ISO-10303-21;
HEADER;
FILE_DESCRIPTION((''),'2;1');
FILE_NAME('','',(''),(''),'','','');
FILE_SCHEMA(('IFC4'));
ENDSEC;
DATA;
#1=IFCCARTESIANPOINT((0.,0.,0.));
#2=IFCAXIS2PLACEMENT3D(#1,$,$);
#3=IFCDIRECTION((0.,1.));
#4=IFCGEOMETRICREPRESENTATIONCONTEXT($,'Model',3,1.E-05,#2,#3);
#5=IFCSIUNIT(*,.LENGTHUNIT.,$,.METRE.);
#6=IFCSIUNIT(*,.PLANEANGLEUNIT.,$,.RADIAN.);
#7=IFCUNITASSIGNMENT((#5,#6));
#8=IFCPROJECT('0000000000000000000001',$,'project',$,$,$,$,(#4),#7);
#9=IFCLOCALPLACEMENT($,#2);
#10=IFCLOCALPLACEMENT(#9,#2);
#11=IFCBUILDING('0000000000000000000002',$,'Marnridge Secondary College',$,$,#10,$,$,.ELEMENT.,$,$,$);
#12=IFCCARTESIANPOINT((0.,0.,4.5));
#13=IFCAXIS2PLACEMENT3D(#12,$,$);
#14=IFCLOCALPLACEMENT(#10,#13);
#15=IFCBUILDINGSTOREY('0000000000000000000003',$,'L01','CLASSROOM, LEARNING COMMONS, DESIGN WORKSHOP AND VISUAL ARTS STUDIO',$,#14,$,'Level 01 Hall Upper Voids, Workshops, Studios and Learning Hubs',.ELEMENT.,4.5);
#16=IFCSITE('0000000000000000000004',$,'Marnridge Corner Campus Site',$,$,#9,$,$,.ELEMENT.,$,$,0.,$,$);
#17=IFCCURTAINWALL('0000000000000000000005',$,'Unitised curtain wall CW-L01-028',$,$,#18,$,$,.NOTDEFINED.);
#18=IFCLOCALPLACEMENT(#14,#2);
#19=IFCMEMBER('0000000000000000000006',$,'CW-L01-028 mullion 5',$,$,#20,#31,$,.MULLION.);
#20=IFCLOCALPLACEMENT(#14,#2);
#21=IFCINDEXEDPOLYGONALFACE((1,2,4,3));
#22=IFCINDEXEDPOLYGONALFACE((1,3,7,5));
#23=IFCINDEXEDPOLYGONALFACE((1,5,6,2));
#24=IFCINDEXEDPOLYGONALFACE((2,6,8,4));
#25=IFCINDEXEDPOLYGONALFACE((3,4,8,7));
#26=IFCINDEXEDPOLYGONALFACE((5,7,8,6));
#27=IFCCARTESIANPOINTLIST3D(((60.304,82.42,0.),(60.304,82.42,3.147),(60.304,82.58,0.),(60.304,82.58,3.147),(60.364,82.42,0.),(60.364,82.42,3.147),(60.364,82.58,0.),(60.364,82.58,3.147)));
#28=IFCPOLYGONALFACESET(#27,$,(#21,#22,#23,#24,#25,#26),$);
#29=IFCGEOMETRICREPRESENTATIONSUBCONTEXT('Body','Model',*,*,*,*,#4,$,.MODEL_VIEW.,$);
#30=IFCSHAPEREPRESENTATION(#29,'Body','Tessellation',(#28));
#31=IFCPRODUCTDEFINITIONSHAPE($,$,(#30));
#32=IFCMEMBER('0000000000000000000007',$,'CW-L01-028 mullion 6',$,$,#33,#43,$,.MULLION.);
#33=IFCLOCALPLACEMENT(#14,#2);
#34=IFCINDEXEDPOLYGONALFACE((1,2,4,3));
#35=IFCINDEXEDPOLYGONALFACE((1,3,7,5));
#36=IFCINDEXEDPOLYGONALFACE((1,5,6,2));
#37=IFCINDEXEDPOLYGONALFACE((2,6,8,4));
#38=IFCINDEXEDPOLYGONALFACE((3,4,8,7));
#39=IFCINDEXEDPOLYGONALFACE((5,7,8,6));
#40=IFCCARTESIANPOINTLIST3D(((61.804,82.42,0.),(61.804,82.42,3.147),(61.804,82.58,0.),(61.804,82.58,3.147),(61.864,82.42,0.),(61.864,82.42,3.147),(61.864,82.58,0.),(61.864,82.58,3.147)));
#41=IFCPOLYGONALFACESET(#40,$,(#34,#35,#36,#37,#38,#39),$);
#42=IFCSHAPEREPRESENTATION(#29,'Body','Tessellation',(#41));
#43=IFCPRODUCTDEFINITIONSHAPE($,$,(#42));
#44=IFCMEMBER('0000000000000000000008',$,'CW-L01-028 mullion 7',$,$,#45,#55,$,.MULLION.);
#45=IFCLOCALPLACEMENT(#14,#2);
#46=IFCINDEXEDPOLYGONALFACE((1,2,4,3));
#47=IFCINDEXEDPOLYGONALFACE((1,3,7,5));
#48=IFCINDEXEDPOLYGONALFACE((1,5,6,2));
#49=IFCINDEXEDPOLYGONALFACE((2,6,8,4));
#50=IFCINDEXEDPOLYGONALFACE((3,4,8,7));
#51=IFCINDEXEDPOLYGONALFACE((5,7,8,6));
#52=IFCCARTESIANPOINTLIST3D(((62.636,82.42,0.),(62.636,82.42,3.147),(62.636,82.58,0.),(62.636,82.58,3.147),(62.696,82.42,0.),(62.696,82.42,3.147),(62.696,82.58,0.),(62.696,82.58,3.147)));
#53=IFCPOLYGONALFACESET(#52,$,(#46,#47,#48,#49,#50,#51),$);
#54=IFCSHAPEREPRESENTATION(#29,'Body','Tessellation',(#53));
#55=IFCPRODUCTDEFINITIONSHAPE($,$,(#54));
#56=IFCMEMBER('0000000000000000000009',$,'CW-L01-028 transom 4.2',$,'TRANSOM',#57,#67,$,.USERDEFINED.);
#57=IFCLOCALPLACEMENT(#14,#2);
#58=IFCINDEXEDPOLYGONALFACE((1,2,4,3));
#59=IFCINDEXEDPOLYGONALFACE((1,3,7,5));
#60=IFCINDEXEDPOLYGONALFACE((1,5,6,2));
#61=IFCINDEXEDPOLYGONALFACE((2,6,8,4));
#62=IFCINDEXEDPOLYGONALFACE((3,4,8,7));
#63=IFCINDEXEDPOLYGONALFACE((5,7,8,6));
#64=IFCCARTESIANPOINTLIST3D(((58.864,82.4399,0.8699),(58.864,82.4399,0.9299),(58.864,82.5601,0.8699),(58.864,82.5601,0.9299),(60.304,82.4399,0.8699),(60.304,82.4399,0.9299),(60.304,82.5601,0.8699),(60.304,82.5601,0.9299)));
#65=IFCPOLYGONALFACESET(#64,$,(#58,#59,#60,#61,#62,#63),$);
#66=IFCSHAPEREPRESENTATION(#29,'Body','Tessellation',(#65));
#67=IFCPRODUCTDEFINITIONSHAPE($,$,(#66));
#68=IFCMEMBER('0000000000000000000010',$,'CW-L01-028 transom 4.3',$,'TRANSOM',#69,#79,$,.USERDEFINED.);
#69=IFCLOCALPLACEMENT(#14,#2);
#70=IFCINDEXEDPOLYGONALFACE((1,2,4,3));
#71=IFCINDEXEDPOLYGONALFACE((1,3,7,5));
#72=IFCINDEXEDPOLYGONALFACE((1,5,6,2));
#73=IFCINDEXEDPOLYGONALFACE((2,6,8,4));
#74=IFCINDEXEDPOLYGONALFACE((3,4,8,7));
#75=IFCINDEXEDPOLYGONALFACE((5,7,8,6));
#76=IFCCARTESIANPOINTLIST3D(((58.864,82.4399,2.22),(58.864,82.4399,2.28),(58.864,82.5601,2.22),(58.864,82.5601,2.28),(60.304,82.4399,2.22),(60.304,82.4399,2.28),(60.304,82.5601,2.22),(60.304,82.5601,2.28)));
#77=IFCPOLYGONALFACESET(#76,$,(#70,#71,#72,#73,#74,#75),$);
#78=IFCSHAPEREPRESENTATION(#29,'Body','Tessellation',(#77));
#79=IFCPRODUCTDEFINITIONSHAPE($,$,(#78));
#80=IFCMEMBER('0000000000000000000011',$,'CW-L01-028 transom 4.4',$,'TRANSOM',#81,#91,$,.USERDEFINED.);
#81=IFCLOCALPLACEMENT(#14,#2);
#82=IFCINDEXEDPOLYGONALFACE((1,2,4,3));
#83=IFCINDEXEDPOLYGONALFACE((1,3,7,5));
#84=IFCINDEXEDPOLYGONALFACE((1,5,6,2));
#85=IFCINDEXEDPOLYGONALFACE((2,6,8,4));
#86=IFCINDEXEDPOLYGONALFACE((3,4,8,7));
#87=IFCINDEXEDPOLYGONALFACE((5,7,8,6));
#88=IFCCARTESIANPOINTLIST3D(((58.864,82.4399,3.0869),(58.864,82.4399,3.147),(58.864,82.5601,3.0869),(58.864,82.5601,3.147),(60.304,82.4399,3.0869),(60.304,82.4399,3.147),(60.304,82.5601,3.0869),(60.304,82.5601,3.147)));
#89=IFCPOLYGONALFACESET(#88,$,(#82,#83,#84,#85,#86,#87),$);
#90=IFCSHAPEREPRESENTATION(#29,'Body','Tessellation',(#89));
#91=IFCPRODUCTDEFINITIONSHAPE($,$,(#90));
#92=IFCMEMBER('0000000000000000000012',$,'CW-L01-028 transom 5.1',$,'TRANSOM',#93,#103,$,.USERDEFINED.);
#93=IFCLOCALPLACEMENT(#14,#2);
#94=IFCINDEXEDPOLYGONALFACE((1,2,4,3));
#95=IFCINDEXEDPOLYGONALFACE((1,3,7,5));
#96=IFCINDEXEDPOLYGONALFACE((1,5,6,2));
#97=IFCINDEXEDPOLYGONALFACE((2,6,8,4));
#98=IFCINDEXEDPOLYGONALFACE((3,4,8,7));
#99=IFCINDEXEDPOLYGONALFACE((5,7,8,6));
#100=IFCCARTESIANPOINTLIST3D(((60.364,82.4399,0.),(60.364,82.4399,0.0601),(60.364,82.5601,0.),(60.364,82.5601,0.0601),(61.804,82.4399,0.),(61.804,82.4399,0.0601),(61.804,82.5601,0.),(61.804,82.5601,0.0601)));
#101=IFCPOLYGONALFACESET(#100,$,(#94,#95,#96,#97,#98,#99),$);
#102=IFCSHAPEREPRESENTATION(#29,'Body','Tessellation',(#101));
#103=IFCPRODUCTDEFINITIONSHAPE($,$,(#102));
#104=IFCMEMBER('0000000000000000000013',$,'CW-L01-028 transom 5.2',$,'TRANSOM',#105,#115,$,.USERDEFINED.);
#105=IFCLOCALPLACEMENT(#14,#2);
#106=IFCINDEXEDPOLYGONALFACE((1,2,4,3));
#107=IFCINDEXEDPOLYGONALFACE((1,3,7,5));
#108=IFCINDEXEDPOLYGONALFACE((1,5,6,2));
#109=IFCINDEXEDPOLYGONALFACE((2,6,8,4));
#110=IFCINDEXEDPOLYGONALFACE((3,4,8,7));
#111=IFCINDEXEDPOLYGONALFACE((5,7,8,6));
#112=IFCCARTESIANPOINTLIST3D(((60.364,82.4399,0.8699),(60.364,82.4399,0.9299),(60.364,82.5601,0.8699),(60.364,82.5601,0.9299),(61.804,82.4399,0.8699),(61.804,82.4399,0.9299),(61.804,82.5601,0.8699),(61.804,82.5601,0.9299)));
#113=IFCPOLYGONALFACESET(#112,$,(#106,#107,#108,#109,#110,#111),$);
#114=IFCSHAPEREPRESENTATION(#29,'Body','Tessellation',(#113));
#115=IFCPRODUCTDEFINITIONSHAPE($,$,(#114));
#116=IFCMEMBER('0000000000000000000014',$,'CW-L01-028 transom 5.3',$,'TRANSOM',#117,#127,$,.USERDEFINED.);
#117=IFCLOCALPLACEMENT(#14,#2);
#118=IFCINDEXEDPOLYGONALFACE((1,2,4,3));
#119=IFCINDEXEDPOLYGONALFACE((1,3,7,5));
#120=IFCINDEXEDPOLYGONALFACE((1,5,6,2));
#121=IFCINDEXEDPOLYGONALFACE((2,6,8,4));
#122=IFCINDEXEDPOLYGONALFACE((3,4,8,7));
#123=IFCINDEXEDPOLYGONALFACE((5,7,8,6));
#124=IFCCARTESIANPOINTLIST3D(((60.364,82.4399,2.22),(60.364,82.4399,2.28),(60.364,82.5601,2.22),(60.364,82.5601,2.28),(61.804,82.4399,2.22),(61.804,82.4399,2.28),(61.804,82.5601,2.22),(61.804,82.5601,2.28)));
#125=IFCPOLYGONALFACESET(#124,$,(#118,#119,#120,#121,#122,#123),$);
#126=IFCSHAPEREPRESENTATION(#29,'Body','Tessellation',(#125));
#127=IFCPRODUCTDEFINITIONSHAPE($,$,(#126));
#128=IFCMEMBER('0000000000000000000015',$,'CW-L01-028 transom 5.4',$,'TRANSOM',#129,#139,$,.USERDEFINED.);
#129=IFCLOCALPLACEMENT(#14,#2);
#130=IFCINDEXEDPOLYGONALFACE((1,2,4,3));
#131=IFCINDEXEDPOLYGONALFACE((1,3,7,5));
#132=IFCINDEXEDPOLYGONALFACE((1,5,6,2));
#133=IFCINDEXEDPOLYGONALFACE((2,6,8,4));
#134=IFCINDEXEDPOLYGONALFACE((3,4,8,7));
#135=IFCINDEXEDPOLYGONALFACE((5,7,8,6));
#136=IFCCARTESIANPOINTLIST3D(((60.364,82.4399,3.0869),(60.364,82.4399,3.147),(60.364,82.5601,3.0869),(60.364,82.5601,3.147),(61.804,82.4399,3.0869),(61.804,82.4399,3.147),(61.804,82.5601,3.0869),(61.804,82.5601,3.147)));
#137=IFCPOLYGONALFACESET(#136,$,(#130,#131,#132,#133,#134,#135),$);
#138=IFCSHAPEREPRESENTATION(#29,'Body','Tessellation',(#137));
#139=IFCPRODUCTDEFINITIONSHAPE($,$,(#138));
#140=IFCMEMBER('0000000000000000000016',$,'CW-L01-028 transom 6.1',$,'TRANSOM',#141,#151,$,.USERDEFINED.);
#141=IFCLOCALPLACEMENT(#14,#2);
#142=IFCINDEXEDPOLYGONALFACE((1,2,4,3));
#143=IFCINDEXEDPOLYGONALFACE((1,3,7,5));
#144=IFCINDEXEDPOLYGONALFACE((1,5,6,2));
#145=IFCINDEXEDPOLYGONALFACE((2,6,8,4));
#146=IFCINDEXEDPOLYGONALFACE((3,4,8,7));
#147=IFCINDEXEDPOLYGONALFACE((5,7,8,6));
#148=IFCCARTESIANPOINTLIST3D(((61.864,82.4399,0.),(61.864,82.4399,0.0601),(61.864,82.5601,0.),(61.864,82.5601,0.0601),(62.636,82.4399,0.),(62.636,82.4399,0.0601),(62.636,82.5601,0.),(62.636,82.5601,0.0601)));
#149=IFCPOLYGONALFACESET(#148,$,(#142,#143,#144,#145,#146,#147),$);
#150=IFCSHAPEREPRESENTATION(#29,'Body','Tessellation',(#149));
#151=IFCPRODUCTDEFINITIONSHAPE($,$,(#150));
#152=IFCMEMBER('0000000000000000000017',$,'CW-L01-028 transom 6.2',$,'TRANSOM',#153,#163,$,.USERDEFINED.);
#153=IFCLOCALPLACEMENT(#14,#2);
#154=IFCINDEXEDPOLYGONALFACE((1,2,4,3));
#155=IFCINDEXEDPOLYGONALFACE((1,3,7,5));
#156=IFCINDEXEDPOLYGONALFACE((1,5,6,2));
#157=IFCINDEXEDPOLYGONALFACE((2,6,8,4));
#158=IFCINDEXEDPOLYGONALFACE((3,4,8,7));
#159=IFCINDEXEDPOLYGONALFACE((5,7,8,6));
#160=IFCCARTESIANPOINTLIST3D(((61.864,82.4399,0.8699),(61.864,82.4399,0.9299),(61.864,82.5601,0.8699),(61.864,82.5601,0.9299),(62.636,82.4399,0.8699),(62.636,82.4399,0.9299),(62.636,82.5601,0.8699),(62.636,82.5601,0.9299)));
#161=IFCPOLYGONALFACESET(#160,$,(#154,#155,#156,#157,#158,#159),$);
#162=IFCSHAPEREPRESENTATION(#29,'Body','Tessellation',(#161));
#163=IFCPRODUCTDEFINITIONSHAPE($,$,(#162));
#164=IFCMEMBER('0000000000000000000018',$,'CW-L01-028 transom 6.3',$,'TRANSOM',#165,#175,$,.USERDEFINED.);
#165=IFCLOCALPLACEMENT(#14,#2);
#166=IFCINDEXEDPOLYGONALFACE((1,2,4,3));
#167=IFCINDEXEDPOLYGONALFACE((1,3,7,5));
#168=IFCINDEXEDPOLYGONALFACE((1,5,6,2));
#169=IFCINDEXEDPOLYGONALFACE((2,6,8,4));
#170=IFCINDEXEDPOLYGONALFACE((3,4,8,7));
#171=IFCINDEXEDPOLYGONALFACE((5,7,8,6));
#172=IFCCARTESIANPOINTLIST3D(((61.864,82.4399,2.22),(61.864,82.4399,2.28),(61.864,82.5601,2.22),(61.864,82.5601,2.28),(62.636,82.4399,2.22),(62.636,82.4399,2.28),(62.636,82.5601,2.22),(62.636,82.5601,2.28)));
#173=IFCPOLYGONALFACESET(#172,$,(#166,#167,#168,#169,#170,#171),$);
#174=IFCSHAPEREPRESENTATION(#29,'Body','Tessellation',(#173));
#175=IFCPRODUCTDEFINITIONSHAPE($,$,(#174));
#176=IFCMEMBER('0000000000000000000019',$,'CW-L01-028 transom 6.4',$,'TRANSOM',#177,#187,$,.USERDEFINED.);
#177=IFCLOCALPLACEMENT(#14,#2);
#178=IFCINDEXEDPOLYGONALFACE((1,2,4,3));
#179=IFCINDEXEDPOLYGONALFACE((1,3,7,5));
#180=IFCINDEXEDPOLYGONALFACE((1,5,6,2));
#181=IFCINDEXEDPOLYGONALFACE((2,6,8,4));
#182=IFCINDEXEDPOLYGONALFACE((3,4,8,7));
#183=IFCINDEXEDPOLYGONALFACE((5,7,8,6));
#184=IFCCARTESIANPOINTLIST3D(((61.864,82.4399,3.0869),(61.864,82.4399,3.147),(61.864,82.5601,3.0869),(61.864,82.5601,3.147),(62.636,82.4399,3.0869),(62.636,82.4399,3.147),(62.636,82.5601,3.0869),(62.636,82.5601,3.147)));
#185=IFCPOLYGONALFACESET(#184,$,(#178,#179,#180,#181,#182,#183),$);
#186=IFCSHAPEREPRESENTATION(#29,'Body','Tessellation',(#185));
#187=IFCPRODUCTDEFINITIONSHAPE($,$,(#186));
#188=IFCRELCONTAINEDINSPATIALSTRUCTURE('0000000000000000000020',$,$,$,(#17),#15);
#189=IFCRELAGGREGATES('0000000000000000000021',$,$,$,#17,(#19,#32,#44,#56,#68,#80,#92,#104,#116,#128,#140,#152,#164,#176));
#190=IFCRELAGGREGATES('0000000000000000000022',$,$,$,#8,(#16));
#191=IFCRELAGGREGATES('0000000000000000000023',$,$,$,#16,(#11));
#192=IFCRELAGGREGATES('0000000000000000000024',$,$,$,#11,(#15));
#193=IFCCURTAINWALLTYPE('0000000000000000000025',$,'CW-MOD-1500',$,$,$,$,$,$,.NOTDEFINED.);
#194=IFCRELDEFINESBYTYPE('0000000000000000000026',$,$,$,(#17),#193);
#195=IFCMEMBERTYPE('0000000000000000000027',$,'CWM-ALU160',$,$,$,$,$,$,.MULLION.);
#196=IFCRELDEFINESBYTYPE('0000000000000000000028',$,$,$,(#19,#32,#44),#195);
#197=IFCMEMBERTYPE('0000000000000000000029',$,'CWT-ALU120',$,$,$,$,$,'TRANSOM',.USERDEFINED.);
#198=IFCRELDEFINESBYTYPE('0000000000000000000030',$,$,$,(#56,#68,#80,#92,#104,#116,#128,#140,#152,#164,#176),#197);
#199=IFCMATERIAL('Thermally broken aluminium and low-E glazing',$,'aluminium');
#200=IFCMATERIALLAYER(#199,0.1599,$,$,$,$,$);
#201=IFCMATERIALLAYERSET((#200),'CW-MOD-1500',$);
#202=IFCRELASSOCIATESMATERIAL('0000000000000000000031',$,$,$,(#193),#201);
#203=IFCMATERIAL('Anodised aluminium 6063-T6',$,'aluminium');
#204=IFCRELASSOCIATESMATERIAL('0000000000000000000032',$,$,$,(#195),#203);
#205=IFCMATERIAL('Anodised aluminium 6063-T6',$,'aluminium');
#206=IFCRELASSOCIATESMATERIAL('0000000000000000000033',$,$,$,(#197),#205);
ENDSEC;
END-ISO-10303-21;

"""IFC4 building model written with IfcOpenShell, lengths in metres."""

from ifc_helpers import new_model, si_unit, direction, frame, origin, origin_2d, place, context, subcontext, project, spatial, rectangle, extrude, material, layer, layer_set, material_profile, profile_set, type_object, element, aggregate, save


model = new_model("IFC4")

# Units and contexts
model_context = context("Model", 3, precision=1e-05, world=origin(), true_north=direction((0.0, 1.0)))
body_context = subcontext(model_context, "Body", "Model", "MODEL_VIEW")
ifc_project = project(units=[si_unit("LENGTHUNIT", "METRE"), si_unit("PLANEANGLEUNIT", "RADIAN")], contexts=[model_context])

# Site, building, storey
site_placement = place(None, origin())
site = spatial("IfcSite", under=ifc_project, at=site_placement, Name="Marnridge Corner Campus Site", CompositionType="ELEMENT", RefElevation=0.0)
building_placement = place(site_placement, origin())
building = spatial("IfcBuilding", under=site, at=building_placement, Name="Marnridge Secondary College", CompositionType="ELEMENT")
storey_placement = place(building_placement, frame((0.0, 0.0, 4.5)))
storey = spatial("IfcBuildingStorey", under=building, at=storey_placement, Name="L01", Description="CLASSROOM, LEARNING COMMONS, DESIGN WORKSHOP AND VISUAL ARTS STUDIO", LongName="Level 01 Hall Upper Voids, Workshops, Studios and Learning Hubs", CompositionType="ELEMENT", Elevation=4.5)

# Curtain wall, members
ifc_material_1 = material(Name="Thermally broken aluminium and low-E glazing", Category="aluminium")
ifc_layer_1 = layer(ifc_material_1, 0.1599)
ifc_layer_set_1 = layer_set([ifc_layer_1], Name="CW-MOD-1500")
curtain_wall_type = type_object("IfcCurtainWallType", Name="CW-MOD-1500", PredefinedType="NOTDEFINED", material=ifc_layer_set_1)
curtain_wall_placement = place(storey_placement, origin())
curtain_wall = element("IfcCurtainWall", 1, at=curtain_wall_placement, inside=storey, type_object=curtain_wall_type, Name="Unitised curtain wall CW-L01-028", PredefinedType="NOTDEFINED")
ifc_material_2 = material(Name="Anodised aluminium 6063-T6", Category="aluminium")
ifc_material_profile_1 = material_profile(ifc_material_2, rectangle(XDim=0.0601, YDim=0.1599, at=origin_2d()), Name="ALU 60x160")
ifc_profile_set_1 = profile_set([ifc_material_profile_1], Name="Anodised aluminium 6063-T6")
member_type_1 = type_object("IfcMemberType", Name="CWM-ALU160", PredefinedType="MULLION", material=ifc_profile_set_1)
member_1_placement = place(storey_placement, frame((60.334, 82.5, 0.0), z_axis=(0.0, 0.0, 1.0), x_axis=(1.0, 0.0, 0.0)))
member_1 = element("IfcMember", 2, at=member_1_placement, type_object=member_type_1, Name="CW-L01-028 mullion 5", PredefinedType="MULLION", context=body_context, shape_type="SweptSolid", body=[
    extrude(rectangle(XDim=0.0601, YDim=0.1599, at=origin_2d()), origin(), (0.0, 0.0, 1.0), 3.147),
])
member_2_placement = place(storey_placement, frame((61.834, 82.5, 0.0), z_axis=(0.0, 0.0, 1.0), x_axis=(1.0, 0.0, 0.0)))
member_2 = element("IfcMember", 3, at=member_2_placement, type_object=member_type_1, Name="CW-L01-028 mullion 6", PredefinedType="MULLION", context=body_context, shape_type="SweptSolid", body=[
    extrude(rectangle(XDim=0.0601, YDim=0.1599, at=origin_2d()), origin(), (0.0, 0.0, 1.0), 3.147),
])
member_3_placement = place(storey_placement, frame((62.666, 82.5, 0.0), z_axis=(0.0, 0.0, 1.0), x_axis=(1.0, 0.0, 0.0)))
member_3 = element("IfcMember", 4, at=member_3_placement, type_object=member_type_1, Name="CW-L01-028 mullion 7", PredefinedType="MULLION", context=body_context, shape_type="SweptSolid", body=[
    extrude(rectangle(XDim=0.0601, YDim=0.1599, at=origin_2d()), origin(), (0.0, 0.0, 1.0), 3.147),
])
ifc_material_3 = material(Name="Anodised aluminium 6063-T6", Category="aluminium")
ifc_material_profile_2 = material_profile(ifc_material_3, rectangle(XDim=0.0601, YDim=0.1201, at=origin_2d()), Name="ALU 60x120")
ifc_profile_set_2 = profile_set([ifc_material_profile_2], Name="Anodised aluminium 6063-T6")
member_type_2 = type_object("IfcMemberType", Name="CWT-ALU120", ElementType="TRANSOM", PredefinedType="USERDEFINED", material=ifc_profile_set_2)
member_4_placement = place(storey_placement, frame((58.864, 82.5, 0.8999), z_axis=(1.0, 0.0, 0.0), x_axis=(0.0, 0.0, 1.0)))
member_4 = element("IfcMember", 5, at=member_4_placement, type_object=member_type_2, Name="CW-L01-028 transom 4.2", ObjectType="TRANSOM", PredefinedType="USERDEFINED", context=body_context, shape_type="SweptSolid", body=[
    extrude(rectangle(XDim=0.0601, YDim=0.1201, at=origin_2d()), origin(), (0.0, 0.0, 1.0), 1.4399),
])
member_5_placement = place(storey_placement, frame((58.864, 82.5, 2.25), z_axis=(1.0, 0.0, 0.0), x_axis=(0.0, 0.0, 1.0)))
member_5 = element("IfcMember", 6, at=member_5_placement, type_object=member_type_2, Name="CW-L01-028 transom 4.3", ObjectType="TRANSOM", PredefinedType="USERDEFINED", context=body_context, shape_type="SweptSolid", body=[
    extrude(rectangle(XDim=0.0601, YDim=0.1201, at=origin_2d()), origin(), (0.0, 0.0, 1.0), 1.4399),
])
member_6_placement = place(storey_placement, frame((58.864, 82.5, 3.1169), z_axis=(1.0, 0.0, 0.0), x_axis=(0.0, 0.0, 1.0)))
member_6 = element("IfcMember", 7, at=member_6_placement, type_object=member_type_2, Name="CW-L01-028 transom 4.4", ObjectType="TRANSOM", PredefinedType="USERDEFINED", context=body_context, shape_type="SweptSolid", body=[
    extrude(rectangle(XDim=0.0601, YDim=0.1201, at=origin_2d()), origin(), (0.0, 0.0, 1.0), 1.4399),
])
member_7_placement = place(storey_placement, frame((60.364, 82.5, 0.03), z_axis=(1.0, 0.0, 0.0), x_axis=(0.0, 0.0, 1.0)))
member_7 = element("IfcMember", 8, at=member_7_placement, type_object=member_type_2, Name="CW-L01-028 transom 5.1", ObjectType="TRANSOM", PredefinedType="USERDEFINED", context=body_context, shape_type="SweptSolid", body=[
    extrude(rectangle(XDim=0.0601, YDim=0.1201, at=origin_2d()), origin(), (0.0, 0.0, 1.0), 1.4399),
])
member_8_placement = place(storey_placement, frame((60.364, 82.5, 0.8999), z_axis=(1.0, 0.0, 0.0), x_axis=(0.0, 0.0, 1.0)))
member_8 = element("IfcMember", 9, at=member_8_placement, type_object=member_type_2, Name="CW-L01-028 transom 5.2", ObjectType="TRANSOM", PredefinedType="USERDEFINED", context=body_context, shape_type="SweptSolid", body=[
    extrude(rectangle(XDim=0.0601, YDim=0.1201, at=origin_2d()), origin(), (0.0, 0.0, 1.0), 1.4399),
])
member_9_placement = place(storey_placement, frame((60.364, 82.5, 2.25), z_axis=(1.0, 0.0, 0.0), x_axis=(0.0, 0.0, 1.0)))
member_9 = element("IfcMember", 10, at=member_9_placement, type_object=member_type_2, Name="CW-L01-028 transom 5.3", ObjectType="TRANSOM", PredefinedType="USERDEFINED", context=body_context, shape_type="SweptSolid", body=[
    extrude(rectangle(XDim=0.0601, YDim=0.1201, at=origin_2d()), origin(), (0.0, 0.0, 1.0), 1.4399),
])
member_10_placement = place(storey_placement, frame((60.364, 82.5, 3.1169), z_axis=(1.0, 0.0, 0.0), x_axis=(0.0, 0.0, 1.0)))
member_10 = element("IfcMember", 11, at=member_10_placement, type_object=member_type_2, Name="CW-L01-028 transom 5.4", ObjectType="TRANSOM", PredefinedType="USERDEFINED", context=body_context, shape_type="SweptSolid", body=[
    extrude(rectangle(XDim=0.0601, YDim=0.1201, at=origin_2d()), origin(), (0.0, 0.0, 1.0), 1.4399),
])
member_11_placement = place(storey_placement, frame((61.864, 82.5, 0.03), z_axis=(1.0, 0.0, 0.0), x_axis=(0.0, 0.0, 1.0)))
member_11 = element("IfcMember", 12, at=member_11_placement, type_object=member_type_2, Name="CW-L01-028 transom 6.1", ObjectType="TRANSOM", PredefinedType="USERDEFINED", context=body_context, shape_type="SweptSolid", body=[
    extrude(rectangle(XDim=0.0601, YDim=0.1201, at=origin_2d()), origin(), (0.0, 0.0, 1.0), 0.772),
])
member_12_placement = place(storey_placement, frame((61.864, 82.5, 0.8999), z_axis=(1.0, 0.0, 0.0), x_axis=(0.0, 0.0, 1.0)))
member_12 = element("IfcMember", 13, at=member_12_placement, type_object=member_type_2, Name="CW-L01-028 transom 6.2", ObjectType="TRANSOM", PredefinedType="USERDEFINED", context=body_context, shape_type="SweptSolid", body=[
    extrude(rectangle(XDim=0.0601, YDim=0.1201, at=origin_2d()), origin(), (0.0, 0.0, 1.0), 0.772),
])
member_13_placement = place(storey_placement, frame((61.864, 82.5, 2.25), z_axis=(1.0, 0.0, 0.0), x_axis=(0.0, 0.0, 1.0)))
member_13 = element("IfcMember", 14, at=member_13_placement, type_object=member_type_2, Name="CW-L01-028 transom 6.3", ObjectType="TRANSOM", PredefinedType="USERDEFINED", context=body_context, shape_type="SweptSolid", body=[
    extrude(rectangle(XDim=0.0601, YDim=0.1201, at=origin_2d()), origin(), (0.0, 0.0, 1.0), 0.772),
])
member_14_placement = place(storey_placement, frame((61.864, 82.5, 3.1169), z_axis=(1.0, 0.0, 0.0), x_axis=(0.0, 0.0, 1.0)))
member_14 = element("IfcMember", 15, at=member_14_placement, type_object=member_type_2, Name="CW-L01-028 transom 6.4", ObjectType="TRANSOM", PredefinedType="USERDEFINED", context=body_context, shape_type="SweptSolid", body=[
    extrude(rectangle(XDim=0.0601, YDim=0.1201, at=origin_2d()), origin(), (0.0, 0.0, 1.0), 0.772),
])
aggregate(curtain_wall, [member_1, member_2, member_3, member_4, member_5, member_6, member_7, member_8, member_9, member_10, member_11, member_12, member_13, member_14])

save(model, "model.ifc")
